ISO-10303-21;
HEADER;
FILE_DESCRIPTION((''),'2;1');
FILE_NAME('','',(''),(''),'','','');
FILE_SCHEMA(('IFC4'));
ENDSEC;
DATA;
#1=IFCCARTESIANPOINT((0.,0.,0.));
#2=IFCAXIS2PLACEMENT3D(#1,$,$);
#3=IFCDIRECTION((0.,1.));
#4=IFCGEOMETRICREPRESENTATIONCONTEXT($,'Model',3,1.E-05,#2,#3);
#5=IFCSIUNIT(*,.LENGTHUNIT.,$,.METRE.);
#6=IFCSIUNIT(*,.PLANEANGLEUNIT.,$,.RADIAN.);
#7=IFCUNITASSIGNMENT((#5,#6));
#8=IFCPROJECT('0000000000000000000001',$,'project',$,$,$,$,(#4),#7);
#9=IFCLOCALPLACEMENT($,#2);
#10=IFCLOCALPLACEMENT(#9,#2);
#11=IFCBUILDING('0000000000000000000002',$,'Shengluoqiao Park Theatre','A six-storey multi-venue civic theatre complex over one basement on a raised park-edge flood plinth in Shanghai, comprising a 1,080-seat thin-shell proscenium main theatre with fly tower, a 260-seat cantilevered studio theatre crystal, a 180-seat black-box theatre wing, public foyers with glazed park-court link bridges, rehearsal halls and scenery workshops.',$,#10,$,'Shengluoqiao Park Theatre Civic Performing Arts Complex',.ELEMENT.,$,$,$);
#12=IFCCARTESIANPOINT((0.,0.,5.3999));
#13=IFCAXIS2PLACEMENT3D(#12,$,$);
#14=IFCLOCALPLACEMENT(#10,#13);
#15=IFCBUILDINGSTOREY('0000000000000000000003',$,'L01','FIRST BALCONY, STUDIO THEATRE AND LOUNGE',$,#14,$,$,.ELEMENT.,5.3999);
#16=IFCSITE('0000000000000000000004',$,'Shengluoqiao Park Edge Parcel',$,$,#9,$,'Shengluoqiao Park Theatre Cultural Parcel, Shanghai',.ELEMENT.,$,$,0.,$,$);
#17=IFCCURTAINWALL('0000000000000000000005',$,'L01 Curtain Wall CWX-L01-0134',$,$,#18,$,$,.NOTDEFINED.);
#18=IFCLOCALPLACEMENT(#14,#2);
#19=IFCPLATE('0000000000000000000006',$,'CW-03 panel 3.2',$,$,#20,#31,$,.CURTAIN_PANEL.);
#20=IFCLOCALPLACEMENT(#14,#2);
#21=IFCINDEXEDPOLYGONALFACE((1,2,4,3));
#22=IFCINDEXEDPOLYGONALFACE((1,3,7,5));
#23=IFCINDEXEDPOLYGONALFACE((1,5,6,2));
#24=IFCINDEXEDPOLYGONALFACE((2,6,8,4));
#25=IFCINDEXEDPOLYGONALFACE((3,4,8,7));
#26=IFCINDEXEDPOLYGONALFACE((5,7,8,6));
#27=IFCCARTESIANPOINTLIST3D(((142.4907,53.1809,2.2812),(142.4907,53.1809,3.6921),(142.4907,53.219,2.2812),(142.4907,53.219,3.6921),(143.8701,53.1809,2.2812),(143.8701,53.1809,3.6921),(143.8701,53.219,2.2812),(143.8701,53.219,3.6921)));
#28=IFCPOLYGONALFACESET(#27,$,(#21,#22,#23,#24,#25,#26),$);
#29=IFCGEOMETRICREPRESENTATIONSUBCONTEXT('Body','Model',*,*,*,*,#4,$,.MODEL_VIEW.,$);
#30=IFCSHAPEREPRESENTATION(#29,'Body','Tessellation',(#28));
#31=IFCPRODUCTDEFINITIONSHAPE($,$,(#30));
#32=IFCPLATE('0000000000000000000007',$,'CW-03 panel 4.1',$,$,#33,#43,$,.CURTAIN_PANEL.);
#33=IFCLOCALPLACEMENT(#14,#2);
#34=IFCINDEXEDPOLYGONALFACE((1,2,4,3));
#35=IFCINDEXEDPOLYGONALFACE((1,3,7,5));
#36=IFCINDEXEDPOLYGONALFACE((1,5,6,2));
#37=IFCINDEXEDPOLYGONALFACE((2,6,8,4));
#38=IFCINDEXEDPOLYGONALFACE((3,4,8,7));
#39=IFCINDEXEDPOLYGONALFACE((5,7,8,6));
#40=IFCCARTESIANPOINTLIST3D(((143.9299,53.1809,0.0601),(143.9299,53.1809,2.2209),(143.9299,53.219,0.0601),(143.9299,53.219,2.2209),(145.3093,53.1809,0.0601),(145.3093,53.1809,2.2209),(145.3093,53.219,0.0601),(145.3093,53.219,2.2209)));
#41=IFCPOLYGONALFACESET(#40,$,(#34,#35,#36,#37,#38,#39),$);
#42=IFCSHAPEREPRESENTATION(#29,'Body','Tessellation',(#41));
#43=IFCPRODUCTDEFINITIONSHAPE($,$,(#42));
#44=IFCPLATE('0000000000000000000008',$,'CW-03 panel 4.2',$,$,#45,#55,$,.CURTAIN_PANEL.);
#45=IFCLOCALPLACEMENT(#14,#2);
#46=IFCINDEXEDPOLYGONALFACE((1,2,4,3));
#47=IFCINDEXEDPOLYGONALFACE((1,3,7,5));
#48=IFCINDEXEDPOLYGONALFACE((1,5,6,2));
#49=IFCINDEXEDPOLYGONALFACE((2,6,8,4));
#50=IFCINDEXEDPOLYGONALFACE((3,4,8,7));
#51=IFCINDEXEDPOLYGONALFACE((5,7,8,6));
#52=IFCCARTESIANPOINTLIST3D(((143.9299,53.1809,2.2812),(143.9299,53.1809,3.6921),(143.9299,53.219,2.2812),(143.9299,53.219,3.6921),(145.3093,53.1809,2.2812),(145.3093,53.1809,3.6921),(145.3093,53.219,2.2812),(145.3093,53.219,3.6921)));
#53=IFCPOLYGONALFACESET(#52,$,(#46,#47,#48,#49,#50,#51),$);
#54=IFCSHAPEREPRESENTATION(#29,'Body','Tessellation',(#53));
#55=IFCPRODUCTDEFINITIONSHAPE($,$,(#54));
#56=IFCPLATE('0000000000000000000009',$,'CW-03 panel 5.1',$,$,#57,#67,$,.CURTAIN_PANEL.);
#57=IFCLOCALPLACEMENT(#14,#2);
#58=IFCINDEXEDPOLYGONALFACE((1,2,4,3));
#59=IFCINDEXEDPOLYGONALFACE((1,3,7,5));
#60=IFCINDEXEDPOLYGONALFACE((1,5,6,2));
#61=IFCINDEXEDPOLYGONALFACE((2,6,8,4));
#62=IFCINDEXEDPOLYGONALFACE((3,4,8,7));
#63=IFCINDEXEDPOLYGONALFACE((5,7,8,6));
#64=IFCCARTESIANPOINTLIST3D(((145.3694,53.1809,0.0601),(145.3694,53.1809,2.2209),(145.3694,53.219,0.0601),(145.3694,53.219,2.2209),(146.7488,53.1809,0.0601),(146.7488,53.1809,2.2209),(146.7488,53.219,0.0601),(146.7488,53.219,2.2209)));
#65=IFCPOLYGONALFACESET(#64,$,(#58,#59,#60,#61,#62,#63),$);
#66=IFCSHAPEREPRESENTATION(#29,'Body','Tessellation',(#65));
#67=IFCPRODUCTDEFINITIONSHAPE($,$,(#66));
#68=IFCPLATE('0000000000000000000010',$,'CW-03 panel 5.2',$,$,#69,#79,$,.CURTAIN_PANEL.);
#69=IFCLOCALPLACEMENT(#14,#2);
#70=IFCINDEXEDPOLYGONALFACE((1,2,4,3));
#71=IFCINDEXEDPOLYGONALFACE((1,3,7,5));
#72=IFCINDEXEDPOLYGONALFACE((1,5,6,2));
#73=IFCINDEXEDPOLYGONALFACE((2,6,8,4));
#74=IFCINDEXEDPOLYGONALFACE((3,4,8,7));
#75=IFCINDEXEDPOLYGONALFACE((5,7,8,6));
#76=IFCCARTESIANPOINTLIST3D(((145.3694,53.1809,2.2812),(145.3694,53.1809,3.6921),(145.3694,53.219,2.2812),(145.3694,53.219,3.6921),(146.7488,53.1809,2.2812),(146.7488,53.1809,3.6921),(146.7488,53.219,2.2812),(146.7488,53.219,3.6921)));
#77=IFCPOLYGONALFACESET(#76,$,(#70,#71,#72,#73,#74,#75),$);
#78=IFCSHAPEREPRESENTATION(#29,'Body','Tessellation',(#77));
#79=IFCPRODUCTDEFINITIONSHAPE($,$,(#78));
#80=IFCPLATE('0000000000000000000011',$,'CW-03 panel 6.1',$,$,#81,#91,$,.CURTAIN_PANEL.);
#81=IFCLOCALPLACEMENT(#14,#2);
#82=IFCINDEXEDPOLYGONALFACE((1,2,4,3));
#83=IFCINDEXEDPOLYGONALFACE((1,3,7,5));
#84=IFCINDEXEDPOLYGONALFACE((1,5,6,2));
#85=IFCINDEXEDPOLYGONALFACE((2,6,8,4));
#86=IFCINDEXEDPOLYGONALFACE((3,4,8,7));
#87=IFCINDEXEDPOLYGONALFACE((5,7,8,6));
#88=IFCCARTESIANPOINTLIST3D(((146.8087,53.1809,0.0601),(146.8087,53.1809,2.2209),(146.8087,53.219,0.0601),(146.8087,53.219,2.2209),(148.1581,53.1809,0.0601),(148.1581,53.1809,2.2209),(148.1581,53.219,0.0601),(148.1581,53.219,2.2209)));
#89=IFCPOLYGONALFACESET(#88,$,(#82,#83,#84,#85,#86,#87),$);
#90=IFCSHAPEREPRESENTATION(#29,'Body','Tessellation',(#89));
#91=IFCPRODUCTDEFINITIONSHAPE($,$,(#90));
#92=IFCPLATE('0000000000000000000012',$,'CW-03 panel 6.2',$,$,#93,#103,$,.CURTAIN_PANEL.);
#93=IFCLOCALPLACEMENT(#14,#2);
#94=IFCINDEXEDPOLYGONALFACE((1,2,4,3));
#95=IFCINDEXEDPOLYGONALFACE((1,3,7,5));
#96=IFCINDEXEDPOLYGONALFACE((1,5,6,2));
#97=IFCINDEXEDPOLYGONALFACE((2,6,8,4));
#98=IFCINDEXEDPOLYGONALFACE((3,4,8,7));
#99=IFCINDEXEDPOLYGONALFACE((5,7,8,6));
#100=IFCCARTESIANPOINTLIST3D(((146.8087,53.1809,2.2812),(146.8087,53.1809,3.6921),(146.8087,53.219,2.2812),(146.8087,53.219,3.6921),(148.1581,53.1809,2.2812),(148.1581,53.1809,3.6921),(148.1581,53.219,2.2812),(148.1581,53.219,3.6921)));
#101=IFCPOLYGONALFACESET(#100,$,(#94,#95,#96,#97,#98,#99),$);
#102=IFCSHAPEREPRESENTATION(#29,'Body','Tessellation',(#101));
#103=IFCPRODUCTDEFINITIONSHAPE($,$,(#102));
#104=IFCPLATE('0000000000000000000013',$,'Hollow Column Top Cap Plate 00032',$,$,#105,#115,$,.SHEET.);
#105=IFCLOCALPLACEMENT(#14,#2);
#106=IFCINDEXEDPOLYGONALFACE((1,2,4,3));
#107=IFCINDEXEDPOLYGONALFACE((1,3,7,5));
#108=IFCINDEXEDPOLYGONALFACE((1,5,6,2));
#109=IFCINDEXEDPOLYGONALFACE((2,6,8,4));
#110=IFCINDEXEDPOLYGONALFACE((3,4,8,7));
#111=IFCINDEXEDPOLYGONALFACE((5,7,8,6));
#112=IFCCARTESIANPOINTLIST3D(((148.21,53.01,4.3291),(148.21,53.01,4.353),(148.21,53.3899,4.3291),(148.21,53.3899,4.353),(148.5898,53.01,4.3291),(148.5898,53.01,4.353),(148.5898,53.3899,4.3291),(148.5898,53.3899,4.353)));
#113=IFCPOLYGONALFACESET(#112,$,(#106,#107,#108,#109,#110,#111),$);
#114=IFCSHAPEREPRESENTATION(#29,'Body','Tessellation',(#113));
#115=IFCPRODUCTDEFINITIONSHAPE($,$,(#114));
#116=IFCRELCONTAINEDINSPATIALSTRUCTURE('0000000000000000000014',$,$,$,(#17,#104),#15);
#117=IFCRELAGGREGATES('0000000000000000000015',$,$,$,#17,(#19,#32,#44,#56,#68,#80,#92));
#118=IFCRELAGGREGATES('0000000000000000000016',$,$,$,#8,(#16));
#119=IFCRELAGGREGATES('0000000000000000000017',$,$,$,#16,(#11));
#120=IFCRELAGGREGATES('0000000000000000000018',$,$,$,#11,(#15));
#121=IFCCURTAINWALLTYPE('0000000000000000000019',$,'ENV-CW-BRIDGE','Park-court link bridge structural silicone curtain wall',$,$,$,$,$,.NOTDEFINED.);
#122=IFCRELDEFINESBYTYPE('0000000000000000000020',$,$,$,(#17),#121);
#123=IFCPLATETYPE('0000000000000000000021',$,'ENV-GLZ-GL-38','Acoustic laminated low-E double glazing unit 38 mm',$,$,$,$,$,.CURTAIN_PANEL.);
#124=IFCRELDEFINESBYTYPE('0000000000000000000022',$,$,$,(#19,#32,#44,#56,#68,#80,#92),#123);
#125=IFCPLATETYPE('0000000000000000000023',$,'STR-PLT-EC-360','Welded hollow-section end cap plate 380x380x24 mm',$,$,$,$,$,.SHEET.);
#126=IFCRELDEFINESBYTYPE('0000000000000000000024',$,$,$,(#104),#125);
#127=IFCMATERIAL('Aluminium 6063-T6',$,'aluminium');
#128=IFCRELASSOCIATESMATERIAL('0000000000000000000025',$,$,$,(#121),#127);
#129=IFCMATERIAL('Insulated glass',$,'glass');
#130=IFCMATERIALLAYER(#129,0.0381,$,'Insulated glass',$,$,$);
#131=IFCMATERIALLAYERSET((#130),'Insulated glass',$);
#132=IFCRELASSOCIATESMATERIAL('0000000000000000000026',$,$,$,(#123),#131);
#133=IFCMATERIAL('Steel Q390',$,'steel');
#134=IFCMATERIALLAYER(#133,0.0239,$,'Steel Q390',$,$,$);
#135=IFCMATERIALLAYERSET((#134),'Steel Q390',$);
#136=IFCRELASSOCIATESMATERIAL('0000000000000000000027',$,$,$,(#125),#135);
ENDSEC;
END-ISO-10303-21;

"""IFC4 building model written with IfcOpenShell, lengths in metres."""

from ifc_helpers import new_model, si_unit, direction, frame, origin, origin_2d, place, context, subcontext, project, spatial, rectangle, extrude, material, layer, layer_set, type_object, element, aggregate, save


model = new_model("IFC4")

# Units and contexts
model_context = context("Model", 3, precision=1e-05, world=origin(), true_north=direction((0.0, 1.0)))
body_context = subcontext(model_context, "Body", "Model", "MODEL_VIEW")
ifc_project = project(units=[si_unit("LENGTHUNIT", "METRE"), si_unit("PLANEANGLEUNIT", "RADIAN")], contexts=[model_context])

# Site, building, storey
site_placement = place(None, origin())
site = spatial("IfcSite", under=ifc_project, at=site_placement, Name="Shengluoqiao Park Edge Parcel", LongName="Shengluoqiao Park Theatre Cultural Parcel, Shanghai", CompositionType="ELEMENT", RefElevation=0.0)
building_placement = place(site_placement, origin())
building = spatial("IfcBuilding", under=site, at=building_placement, Name="Shengluoqiao Park Theatre", Description="A six-storey multi-venue civic theatre complex over one basement on a raised park-edge flood plinth in Shanghai, comprising a 1,080-seat thin-shell proscenium main theatre with fly tower, a 260-seat cantilevered studio theatre crystal, a 180-seat black-box theatre wing, public foyers with glazed park-court link bridges, rehearsal halls and scenery workshops.", LongName="Shengluoqiao Park Theatre Civic Performing Arts Complex", CompositionType="ELEMENT")
storey_placement = place(building_placement, frame((0.0, 0.0, 5.3999)))
storey = spatial("IfcBuildingStorey", under=building, at=storey_placement, Name="L01", Description="FIRST BALCONY, STUDIO THEATRE AND LOUNGE", CompositionType="ELEMENT", Elevation=5.3999)

# Curtain wall
ifc_material_1 = material(Name="Aluminium 6063-T6", Category="aluminium")
curtain_wall_type = type_object("IfcCurtainWallType", Name="ENV-CW-BRIDGE", Description="Park-court link bridge structural silicone curtain wall", PredefinedType="NOTDEFINED", material=ifc_material_1)
curtain_wall_1_placement = place(storey_placement, origin())
curtain_wall_1 = element("IfcCurtainWall", 1, at=curtain_wall_1_placement, inside=storey, type_object=curtain_wall_type, Name="L01 Curtain Wall CWX-L01-0134", PredefinedType="NOTDEFINED")

# Plates
ifc_material_2 = material(Name="Insulated glass", Category="glass")
ifc_layer_1 = layer(ifc_material_2, 0.0381, Name="Insulated glass")
ifc_layer_set_1 = layer_set([ifc_layer_1], Name="Insulated glass")
plate_type_1 = type_object("IfcPlateType", Name="ENV-GLZ-GL-38", Description="Acoustic laminated low-E double glazing unit 38 mm", PredefinedType="CURTAIN_PANEL", material=ifc_layer_set_1)
plate_1_placement = place(storey_placement, frame((143.1804, 53.2, 2.2812), z_axis=(0.0, 0.0, 1.0), x_axis=(1.0, 0.0, 0.0)))
plate_1 = element("IfcPlate", 2, at=plate_1_placement, type_object=plate_type_1, Name="CW-03 panel 3.2", PredefinedType="CURTAIN_PANEL", context=body_context, shape_type="SweptSolid", body=[
    extrude(rectangle(XDim=1.3794, YDim=0.0381, at=origin_2d()), origin(), (0.0, 0.0, 1.0), 1.4109),
])
plate_2_placement = place(storey_placement, frame((144.6196, 53.2, 0.0601), z_axis=(0.0, 0.0, 1.0), x_axis=(1.0, 0.0, 0.0)))
plate_2 = element("IfcPlate", 3, at=plate_2_placement, type_object=plate_type_1, Name="CW-03 panel 4.1", PredefinedType="CURTAIN_PANEL", context=body_context, shape_type="SweptSolid", body=[
    extrude(rectangle(XDim=1.3794, YDim=0.0381, at=origin_2d()), origin(), (0.0, 0.0, 1.0), 2.1609),
])
plate_3_placement = place(storey_placement, frame((144.6196, 53.2, 2.2812), z_axis=(0.0, 0.0, 1.0), x_axis=(1.0, 0.0, 0.0)))
plate_3 = element("IfcPlate", 4, at=plate_3_placement, type_object=plate_type_1, Name="CW-03 panel 4.2", PredefinedType="CURTAIN_PANEL", context=body_context, shape_type="SweptSolid", body=[
    extrude(rectangle(XDim=1.3794, YDim=0.0381, at=origin_2d()), origin(), (0.0, 0.0, 1.0), 1.4109),
])
plate_4_placement = place(storey_placement, frame((146.0591, 53.2, 0.0601), z_axis=(0.0, 0.0, 1.0), x_axis=(1.0, 0.0, 0.0)))
plate_4 = element("IfcPlate", 5, at=plate_4_placement, type_object=plate_type_1, Name="CW-03 panel 5.1", PredefinedType="CURTAIN_PANEL", context=body_context, shape_type="SweptSolid", body=[
    extrude(rectangle(XDim=1.3794, YDim=0.0381, at=origin_2d()), origin(), (0.0, 0.0, 1.0), 2.1609),
])
plate_5_placement = place(storey_placement, frame((146.0591, 53.2, 2.2812), z_axis=(0.0, 0.0, 1.0), x_axis=(1.0, 0.0, 0.0)))
plate_5 = element("IfcPlate", 6, at=plate_5_placement, type_object=plate_type_1, Name="CW-03 panel 5.2", PredefinedType="CURTAIN_PANEL", context=body_context, shape_type="SweptSolid", body=[
    extrude(rectangle(XDim=1.3794, YDim=0.0381, at=origin_2d()), origin(), (0.0, 0.0, 1.0), 1.4109),
])
plate_6_placement = place(storey_placement, frame((147.4834, 53.2, 0.0601), z_axis=(0.0, 0.0, 1.0), x_axis=(1.0, 0.0, 0.0)))
plate_6 = element("IfcPlate", 7, at=plate_6_placement, type_object=plate_type_1, Name="CW-03 panel 6.1", PredefinedType="CURTAIN_PANEL", context=body_context, shape_type="SweptSolid", body=[
    extrude(rectangle(XDim=1.3494, YDim=0.0381, at=origin_2d()), origin(), (0.0, 0.0, 1.0), 2.1609),
])
plate_7_placement = place(storey_placement, frame((147.4834, 53.2, 2.2812), z_axis=(0.0, 0.0, 1.0), x_axis=(1.0, 0.0, 0.0)))
plate_7 = element("IfcPlate", 8, at=plate_7_placement, type_object=plate_type_1, Name="CW-03 panel 6.2", PredefinedType="CURTAIN_PANEL", context=body_context, shape_type="SweptSolid", body=[
    extrude(rectangle(XDim=1.3494, YDim=0.0381, at=origin_2d()), origin(), (0.0, 0.0, 1.0), 1.4109),
])
aggregate(curtain_wall_1, [plate_1, plate_2, plate_3, plate_4, plate_5, plate_6, plate_7])
ifc_material_3 = material(Name="Steel Q390", Category="steel")
ifc_layer_2 = layer(ifc_material_3, 0.0239, Name="Steel Q390")
ifc_layer_set_2 = layer_set([ifc_layer_2], Name="Steel Q390")
plate_type_2 = type_object("IfcPlateType", Name="STR-PLT-EC-360", Description="Welded hollow-section end cap plate 380x380x24 mm", PredefinedType="SHEET", material=ifc_layer_set_2)
plate_8_placement = place(storey_placement, frame((148.3999, 53.2, 4.3291), z_axis=(0.0, 0.0, 1.0), x_axis=(1.0, 0.0, 0.0)))
element("IfcPlate", 9, at=plate_8_placement, inside=storey, type_object=plate_type_2, Name="Hollow Column Top Cap Plate 00032", PredefinedType="SHEET", context=body_context, shape_type="SweptSolid", body=[
    extrude(rectangle(XDim=0.3799, YDim=0.3799, at=origin_2d()), origin(), (0.0, 0.0, 1.0), 0.0239),
])

save(model, "model.ifc")
